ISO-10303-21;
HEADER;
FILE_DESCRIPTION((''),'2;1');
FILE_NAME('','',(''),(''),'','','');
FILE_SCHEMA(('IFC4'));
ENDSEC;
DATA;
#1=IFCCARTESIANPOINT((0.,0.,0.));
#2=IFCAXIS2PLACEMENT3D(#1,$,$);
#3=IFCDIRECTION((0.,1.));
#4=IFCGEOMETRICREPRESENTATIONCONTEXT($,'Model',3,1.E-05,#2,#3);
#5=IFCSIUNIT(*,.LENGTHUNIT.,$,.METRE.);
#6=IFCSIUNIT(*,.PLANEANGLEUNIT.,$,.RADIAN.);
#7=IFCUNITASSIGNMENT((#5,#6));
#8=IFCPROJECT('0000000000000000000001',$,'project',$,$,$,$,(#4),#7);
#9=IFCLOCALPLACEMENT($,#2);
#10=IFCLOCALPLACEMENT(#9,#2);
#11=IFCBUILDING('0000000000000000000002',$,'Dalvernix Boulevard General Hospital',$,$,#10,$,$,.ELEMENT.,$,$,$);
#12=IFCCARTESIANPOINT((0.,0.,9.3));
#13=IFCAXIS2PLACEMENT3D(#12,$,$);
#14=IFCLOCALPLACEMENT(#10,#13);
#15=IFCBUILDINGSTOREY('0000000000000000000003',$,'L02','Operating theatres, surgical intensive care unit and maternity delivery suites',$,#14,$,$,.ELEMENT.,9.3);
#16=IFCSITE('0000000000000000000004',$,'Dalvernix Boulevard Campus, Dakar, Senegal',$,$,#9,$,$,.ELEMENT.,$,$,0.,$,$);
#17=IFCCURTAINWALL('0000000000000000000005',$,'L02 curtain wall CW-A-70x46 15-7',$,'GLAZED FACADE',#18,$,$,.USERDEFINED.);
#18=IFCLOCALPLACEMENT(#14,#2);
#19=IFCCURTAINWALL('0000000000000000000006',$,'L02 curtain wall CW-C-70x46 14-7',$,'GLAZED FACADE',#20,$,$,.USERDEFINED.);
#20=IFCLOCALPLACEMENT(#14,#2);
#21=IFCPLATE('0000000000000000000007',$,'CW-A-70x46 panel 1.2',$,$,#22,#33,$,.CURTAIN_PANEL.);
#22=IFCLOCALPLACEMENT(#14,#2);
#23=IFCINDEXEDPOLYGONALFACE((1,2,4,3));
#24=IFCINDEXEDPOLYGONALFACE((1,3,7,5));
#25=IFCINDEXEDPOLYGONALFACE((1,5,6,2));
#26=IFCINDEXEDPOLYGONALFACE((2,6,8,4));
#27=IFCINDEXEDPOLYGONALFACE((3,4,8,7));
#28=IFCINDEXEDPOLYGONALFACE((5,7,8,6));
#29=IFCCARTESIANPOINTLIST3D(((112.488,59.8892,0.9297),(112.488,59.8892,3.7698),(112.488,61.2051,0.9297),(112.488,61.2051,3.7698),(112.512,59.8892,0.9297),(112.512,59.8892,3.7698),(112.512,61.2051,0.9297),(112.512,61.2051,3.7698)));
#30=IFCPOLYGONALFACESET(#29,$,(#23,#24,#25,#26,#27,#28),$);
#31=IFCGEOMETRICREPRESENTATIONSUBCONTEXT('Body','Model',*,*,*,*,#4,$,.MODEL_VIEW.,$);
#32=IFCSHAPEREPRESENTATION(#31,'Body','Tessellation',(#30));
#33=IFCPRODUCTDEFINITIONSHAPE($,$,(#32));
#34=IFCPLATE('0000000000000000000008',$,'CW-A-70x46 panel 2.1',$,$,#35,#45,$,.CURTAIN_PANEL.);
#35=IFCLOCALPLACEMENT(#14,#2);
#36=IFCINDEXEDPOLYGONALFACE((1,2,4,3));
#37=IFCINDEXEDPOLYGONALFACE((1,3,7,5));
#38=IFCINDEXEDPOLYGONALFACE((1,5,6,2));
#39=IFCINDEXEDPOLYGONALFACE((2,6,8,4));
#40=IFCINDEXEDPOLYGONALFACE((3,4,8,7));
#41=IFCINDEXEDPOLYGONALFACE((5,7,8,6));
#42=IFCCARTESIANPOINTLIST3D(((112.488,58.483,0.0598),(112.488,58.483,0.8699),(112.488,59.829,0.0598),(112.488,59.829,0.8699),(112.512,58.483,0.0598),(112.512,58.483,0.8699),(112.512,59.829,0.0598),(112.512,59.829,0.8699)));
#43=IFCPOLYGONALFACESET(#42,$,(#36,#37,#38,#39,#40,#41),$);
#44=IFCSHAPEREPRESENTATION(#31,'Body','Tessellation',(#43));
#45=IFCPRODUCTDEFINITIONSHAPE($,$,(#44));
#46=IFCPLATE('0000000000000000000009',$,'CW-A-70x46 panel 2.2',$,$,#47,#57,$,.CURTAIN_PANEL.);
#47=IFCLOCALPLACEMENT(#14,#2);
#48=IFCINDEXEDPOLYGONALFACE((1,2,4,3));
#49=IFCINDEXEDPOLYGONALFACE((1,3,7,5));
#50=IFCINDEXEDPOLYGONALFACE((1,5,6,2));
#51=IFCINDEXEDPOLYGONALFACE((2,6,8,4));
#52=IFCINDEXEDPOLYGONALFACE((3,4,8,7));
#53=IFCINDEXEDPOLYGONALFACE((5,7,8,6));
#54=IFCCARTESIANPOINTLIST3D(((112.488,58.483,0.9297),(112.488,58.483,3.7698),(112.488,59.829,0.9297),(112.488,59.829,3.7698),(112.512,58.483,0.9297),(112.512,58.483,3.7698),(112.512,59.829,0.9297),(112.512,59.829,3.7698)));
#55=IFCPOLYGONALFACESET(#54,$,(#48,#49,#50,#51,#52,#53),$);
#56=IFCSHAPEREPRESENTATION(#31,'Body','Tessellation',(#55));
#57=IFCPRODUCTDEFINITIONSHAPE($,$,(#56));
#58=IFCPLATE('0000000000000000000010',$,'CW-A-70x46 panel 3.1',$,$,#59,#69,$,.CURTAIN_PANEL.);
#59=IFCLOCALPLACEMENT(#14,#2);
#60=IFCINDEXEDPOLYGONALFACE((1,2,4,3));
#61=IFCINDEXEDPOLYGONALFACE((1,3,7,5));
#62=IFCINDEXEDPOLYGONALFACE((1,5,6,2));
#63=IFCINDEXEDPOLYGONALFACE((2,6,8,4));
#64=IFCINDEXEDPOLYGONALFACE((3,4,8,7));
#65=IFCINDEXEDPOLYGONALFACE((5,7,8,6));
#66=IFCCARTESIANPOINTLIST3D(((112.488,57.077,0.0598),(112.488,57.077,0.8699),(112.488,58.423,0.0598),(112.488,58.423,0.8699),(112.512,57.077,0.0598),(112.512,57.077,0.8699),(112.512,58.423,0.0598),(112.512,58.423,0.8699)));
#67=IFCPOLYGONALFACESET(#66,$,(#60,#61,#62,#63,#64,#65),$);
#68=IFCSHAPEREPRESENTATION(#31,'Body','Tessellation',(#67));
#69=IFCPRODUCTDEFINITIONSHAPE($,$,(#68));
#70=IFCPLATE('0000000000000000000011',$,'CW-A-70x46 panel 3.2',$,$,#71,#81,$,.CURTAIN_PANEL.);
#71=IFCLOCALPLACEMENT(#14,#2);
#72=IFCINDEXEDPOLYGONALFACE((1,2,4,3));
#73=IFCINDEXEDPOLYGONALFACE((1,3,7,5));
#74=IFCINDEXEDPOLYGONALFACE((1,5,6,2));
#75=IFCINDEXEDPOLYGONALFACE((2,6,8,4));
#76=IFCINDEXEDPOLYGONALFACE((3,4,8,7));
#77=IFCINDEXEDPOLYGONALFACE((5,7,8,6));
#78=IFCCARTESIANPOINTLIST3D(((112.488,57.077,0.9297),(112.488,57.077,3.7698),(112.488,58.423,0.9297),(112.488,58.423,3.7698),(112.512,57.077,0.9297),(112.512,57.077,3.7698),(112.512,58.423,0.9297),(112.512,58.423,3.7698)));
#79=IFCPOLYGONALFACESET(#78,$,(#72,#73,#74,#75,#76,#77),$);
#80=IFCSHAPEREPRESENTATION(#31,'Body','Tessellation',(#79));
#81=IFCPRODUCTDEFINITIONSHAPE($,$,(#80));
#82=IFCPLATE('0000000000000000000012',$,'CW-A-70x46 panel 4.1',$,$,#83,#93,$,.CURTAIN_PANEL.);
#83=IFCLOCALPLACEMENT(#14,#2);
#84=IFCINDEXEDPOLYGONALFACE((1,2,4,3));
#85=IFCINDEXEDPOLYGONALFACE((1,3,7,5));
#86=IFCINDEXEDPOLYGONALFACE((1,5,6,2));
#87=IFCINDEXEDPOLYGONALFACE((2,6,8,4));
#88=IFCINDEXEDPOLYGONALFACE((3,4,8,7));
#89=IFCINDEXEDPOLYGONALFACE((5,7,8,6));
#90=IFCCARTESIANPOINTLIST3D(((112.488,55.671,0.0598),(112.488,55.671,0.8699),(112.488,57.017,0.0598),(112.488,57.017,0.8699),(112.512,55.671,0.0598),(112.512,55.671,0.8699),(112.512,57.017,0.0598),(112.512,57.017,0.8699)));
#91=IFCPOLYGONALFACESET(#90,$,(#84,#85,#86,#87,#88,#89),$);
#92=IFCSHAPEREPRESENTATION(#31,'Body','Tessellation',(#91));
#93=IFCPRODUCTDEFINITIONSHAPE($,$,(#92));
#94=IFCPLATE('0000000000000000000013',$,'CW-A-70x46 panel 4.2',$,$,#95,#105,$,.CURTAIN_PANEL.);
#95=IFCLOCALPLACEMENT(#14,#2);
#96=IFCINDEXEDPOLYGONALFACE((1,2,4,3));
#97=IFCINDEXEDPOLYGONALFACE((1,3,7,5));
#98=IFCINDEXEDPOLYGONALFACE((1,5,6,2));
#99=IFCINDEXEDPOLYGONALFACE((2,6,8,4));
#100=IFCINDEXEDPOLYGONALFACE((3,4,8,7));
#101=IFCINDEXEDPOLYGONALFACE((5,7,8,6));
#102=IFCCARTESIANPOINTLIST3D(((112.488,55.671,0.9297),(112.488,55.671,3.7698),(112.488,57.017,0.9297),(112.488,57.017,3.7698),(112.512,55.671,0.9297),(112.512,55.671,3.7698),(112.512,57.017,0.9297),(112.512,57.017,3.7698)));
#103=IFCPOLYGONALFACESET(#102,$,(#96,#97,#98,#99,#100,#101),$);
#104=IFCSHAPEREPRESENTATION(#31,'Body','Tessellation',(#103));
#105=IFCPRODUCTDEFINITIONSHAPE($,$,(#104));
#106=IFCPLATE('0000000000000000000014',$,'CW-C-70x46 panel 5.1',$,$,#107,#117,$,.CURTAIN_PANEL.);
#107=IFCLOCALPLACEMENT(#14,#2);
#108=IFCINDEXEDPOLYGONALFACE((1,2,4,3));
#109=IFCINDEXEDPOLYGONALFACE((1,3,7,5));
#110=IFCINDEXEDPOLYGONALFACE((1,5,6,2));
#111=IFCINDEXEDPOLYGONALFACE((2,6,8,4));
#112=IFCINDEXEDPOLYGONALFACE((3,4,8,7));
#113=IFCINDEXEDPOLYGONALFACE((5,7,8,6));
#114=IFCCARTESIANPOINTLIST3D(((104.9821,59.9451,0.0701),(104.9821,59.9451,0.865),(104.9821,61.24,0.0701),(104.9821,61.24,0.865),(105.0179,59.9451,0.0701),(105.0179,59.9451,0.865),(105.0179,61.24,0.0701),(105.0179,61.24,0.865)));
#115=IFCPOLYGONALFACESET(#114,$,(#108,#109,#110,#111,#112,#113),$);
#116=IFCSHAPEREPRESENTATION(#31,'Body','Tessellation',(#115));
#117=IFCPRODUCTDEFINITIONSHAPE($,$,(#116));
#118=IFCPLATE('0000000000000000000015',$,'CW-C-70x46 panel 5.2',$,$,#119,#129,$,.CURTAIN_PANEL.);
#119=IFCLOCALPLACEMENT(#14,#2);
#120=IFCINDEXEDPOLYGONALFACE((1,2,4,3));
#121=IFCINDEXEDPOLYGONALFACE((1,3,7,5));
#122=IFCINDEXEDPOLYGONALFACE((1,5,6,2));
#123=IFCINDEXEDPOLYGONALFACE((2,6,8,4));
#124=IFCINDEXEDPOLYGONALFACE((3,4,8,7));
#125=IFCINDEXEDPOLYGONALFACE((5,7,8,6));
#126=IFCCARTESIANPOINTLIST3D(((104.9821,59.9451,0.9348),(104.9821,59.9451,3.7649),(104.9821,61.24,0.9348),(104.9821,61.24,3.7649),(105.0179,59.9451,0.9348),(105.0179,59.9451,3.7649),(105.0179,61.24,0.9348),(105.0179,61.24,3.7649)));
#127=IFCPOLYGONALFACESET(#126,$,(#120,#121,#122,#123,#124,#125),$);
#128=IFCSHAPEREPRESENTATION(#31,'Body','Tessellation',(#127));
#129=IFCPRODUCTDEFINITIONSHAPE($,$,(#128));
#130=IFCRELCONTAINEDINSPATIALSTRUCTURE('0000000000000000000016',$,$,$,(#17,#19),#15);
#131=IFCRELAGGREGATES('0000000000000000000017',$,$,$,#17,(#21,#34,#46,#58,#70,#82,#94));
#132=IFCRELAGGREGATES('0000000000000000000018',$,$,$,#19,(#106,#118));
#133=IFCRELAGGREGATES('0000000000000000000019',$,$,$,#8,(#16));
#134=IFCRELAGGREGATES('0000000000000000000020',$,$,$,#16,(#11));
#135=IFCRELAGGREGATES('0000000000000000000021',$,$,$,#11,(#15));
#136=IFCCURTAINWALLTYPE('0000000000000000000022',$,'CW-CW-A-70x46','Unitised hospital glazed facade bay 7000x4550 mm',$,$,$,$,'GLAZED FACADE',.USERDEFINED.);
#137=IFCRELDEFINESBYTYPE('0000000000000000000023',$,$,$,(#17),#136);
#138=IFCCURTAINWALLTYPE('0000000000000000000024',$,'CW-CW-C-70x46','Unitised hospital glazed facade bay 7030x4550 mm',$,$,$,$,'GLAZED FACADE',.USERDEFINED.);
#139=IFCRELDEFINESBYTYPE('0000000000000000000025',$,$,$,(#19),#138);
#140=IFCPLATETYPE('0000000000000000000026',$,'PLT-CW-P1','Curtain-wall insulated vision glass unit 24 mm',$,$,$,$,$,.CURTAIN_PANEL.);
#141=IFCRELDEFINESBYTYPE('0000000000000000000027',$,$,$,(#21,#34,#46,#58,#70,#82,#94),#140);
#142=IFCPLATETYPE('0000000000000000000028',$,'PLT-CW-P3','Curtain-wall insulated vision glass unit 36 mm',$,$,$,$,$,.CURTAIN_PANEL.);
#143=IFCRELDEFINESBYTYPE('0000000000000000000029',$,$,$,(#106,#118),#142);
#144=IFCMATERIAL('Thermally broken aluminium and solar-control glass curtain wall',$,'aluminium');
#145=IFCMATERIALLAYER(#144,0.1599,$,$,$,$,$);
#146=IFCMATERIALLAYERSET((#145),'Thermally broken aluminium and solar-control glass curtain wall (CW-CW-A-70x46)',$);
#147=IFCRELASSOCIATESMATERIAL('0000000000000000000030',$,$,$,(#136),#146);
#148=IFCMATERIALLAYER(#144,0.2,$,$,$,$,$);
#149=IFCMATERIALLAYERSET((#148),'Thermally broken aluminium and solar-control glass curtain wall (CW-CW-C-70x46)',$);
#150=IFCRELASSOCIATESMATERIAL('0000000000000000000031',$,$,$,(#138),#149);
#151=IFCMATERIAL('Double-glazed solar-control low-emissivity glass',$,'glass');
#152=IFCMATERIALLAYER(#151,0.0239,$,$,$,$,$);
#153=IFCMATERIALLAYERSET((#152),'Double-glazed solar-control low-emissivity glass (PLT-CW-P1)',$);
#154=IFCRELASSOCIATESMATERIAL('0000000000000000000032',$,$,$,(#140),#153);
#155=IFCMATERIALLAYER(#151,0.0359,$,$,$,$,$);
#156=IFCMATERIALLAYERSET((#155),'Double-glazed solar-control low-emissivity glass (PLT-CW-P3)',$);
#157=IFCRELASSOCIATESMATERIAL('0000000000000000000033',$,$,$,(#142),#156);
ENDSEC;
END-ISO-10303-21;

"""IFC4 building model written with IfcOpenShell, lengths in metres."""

from ifc_helpers import new_model, si_unit, direction, frame, origin, origin_2d, place, context, subcontext, project, spatial, rectangle, extrude, material, layer, layer_set, type_object, element, aggregate, save


model = new_model("IFC4")

# Units and contexts
model_context = context("Model", 3, precision=1e-05, world=origin(), true_north=direction((0.0, 1.0)))
body_context = subcontext(model_context, "Body", "Model", "MODEL_VIEW")
ifc_project = project(units=[si_unit("LENGTHUNIT", "METRE"), si_unit("PLANEANGLEUNIT", "RADIAN")], contexts=[model_context])

# Site, building, storey
site_placement = place(None, origin())
site = spatial("IfcSite", under=ifc_project, at=site_placement, Name="Dalvernix Boulevard Campus, Dakar, Senegal", CompositionType="ELEMENT", RefElevation=0.0)
building_placement = place(site_placement, origin())
building = spatial("IfcBuilding", under=site, at=building_placement, Name="Dalvernix Boulevard General Hospital", CompositionType="ELEMENT")
storey_placement = place(building_placement, frame((0.0, 0.0, 9.3)))
storey = spatial("IfcBuildingStorey", under=building, at=storey_placement, Name="L02", Description="Operating theatres, surgical intensive care unit and maternity delivery suites", CompositionType="ELEMENT", Elevation=9.3)

# Curtain wall
ifc_material_1 = material(Name="Thermally broken aluminium and solar-control glass curtain wall", Category="aluminium")
ifc_layer_1 = layer(ifc_material_1, 0.1599)
ifc_layer_set_1 = layer_set([ifc_layer_1], Name="Thermally broken aluminium and solar-control glass curtain wall (CW-CW-A-70x46)")
curtain_wall_type_1 = type_object("IfcCurtainWallType", Name="CW-CW-A-70x46", Description="Unitised hospital glazed facade bay 7000x4550 mm", ElementType="GLAZED FACADE", PredefinedType="USERDEFINED", material=ifc_layer_set_1)
curtain_wall_1_placement = place(storey_placement, origin())
curtain_wall_1 = element("IfcCurtainWall", 1, at=curtain_wall_1_placement, inside=storey, type_object=curtain_wall_type_1, Name="L02 curtain wall CW-A-70x46 15-7", ObjectType="GLAZED FACADE", PredefinedType="USERDEFINED")

# Curtain wall
ifc_layer_2 = layer(ifc_material_1, 0.2)
ifc_layer_set_2 = layer_set([ifc_layer_2], Name="Thermally broken aluminium and solar-control glass curtain wall (CW-CW-C-70x46)")
curtain_wall_type_2 = type_object("IfcCurtainWallType", Name="CW-CW-C-70x46", Description="Unitised hospital glazed facade bay 7030x4550 mm", ElementType="GLAZED FACADE", PredefinedType="USERDEFINED", material=ifc_layer_set_2)
curtain_wall_2_placement = place(storey_placement, origin())
curtain_wall_2 = element("IfcCurtainWall", 2, at=curtain_wall_2_placement, inside=storey, type_object=curtain_wall_type_2, Name="L02 curtain wall CW-C-70x46 14-7", ObjectType="GLAZED FACADE", PredefinedType="USERDEFINED")

# Plates
ifc_material_2 = material(Name="Double-glazed solar-control low-emissivity glass", Category="glass")
ifc_layer_3 = layer(ifc_material_2, 0.0239)
ifc_layer_set_3 = layer_set([ifc_layer_3], Name="Double-glazed solar-control low-emissivity glass (PLT-CW-P1)")
plate_type_1 = type_object("IfcPlateType", Name="PLT-CW-P1", Description="Curtain-wall insulated vision glass unit 24 mm", PredefinedType="CURTAIN_PANEL", material=ifc_layer_set_3)
plate_1_placement = place(storey_placement, frame((112.5, 60.5471, 0.9297), z_axis=(0.0, 0.0, 1.0), x_axis=(0.0, -1.0, 0.0)))
plate_1 = element("IfcPlate", 3, at=plate_1_placement, type_object=plate_type_1, Name="CW-A-70x46 panel 1.2", PredefinedType="CURTAIN_PANEL", context=body_context, shape_type="SweptSolid", body=[
    extrude(rectangle(XDim=1.3159, YDim=0.0239, at=origin_2d()), origin(), (0.0, 0.0, 1.0), 2.8401),
])
plate_2_placement = place(storey_placement, frame((112.5, 59.156, 0.0598), z_axis=(0.0, 0.0, 1.0), x_axis=(0.0, -1.0, 0.0)))
plate_2 = element("IfcPlate", 4, at=plate_2_placement, type_object=plate_type_1, Name="CW-A-70x46 panel 2.1", PredefinedType="CURTAIN_PANEL", context=body_context, shape_type="SweptSolid", body=[
    extrude(rectangle(XDim=1.3459, YDim=0.0239, at=origin_2d()), origin(), (0.0, 0.0, 1.0), 0.8101),
])
plate_3_placement = place(storey_placement, frame((112.5, 59.156, 0.9297), z_axis=(0.0, 0.0, 1.0), x_axis=(0.0, -1.0, 0.0)))
plate_3 = element("IfcPlate", 5, at=plate_3_placement, type_object=plate_type_1, Name="CW-A-70x46 panel 2.2", PredefinedType="CURTAIN_PANEL", context=body_context, shape_type="SweptSolid", body=[
    extrude(rectangle(XDim=1.3459, YDim=0.0239, at=origin_2d()), origin(), (0.0, 0.0, 1.0), 2.8401),
])
plate_4_placement = place(storey_placement, frame((112.5, 57.75, 0.0598), z_axis=(0.0, 0.0, 1.0), x_axis=(0.0, -1.0, 0.0)))
plate_4 = element("IfcPlate", 6, at=plate_4_placement, type_object=plate_type_1, Name="CW-A-70x46 panel 3.1", PredefinedType="CURTAIN_PANEL", context=body_context, shape_type="SweptSolid", body=[
    extrude(rectangle(XDim=1.3459, YDim=0.0239, at=origin_2d()), origin(), (0.0, 0.0, 1.0), 0.8101),
])
plate_5_placement = place(storey_placement, frame((112.5, 57.75, 0.9297), z_axis=(0.0, 0.0, 1.0), x_axis=(0.0, -1.0, 0.0)))
plate_5 = element("IfcPlate", 7, at=plate_5_placement, type_object=plate_type_1, Name="CW-A-70x46 panel 3.2", PredefinedType="CURTAIN_PANEL", context=body_context, shape_type="SweptSolid", body=[
    extrude(rectangle(XDim=1.3459, YDim=0.0239, at=origin_2d()), origin(), (0.0, 0.0, 1.0), 2.8401),
])
plate_6_placement = place(storey_placement, frame((112.5, 56.344, 0.0598), z_axis=(0.0, 0.0, 1.0), x_axis=(0.0, -1.0, 0.0)))
plate_6 = element("IfcPlate", 8, at=plate_6_placement, type_object=plate_type_1, Name="CW-A-70x46 panel 4.1", PredefinedType="CURTAIN_PANEL", context=body_context, shape_type="SweptSolid", body=[
    extrude(rectangle(XDim=1.3459, YDim=0.0239, at=origin_2d()), origin(), (0.0, 0.0, 1.0), 0.8101),
])
plate_7_placement = place(storey_placement, frame((112.5, 56.344, 0.9297), z_axis=(0.0, 0.0, 1.0), x_axis=(0.0, -1.0, 0.0)))
plate_7 = element("IfcPlate", 9, at=plate_7_placement, type_object=plate_type_1, Name="CW-A-70x46 panel 4.2", PredefinedType="CURTAIN_PANEL", context=body_context, shape_type="SweptSolid", body=[
    extrude(rectangle(XDim=1.3459, YDim=0.0239, at=origin_2d()), origin(), (0.0, 0.0, 1.0), 2.8401),
])
aggregate(curtain_wall_1, [plate_1, plate_2, plate_3, plate_4, plate_5, plate_6, plate_7])
ifc_layer_4 = layer(ifc_material_2, 0.0359)
ifc_layer_set_4 = layer_set([ifc_layer_4], Name="Double-glazed solar-control low-emissivity glass (PLT-CW-P3)")
plate_type_2 = type_object("IfcPlateType", Name="PLT-CW-P3", Description="Curtain-wall insulated vision glass unit 36 mm", PredefinedType="CURTAIN_PANEL", material=ifc_layer_set_4)
plate_8_placement = place(storey_placement, frame((105.0, 60.5925, 0.0701), z_axis=(0.0, 0.0, 1.0), x_axis=(0.0, 1.0, 0.0)))
plate_8 = element("IfcPlate", 10, at=plate_8_placement, type_object=plate_type_2, Name="CW-C-70x46 panel 5.1", PredefinedType="CURTAIN_PANEL", context=body_context, shape_type="SweptSolid", body=[
    extrude(rectangle(XDim=1.2949, YDim=0.0359, at=origin_2d()), origin(), (0.0, 0.0, 1.0), 0.7949),
])
plate_9_placement = place(storey_placement, frame((105.0, 60.5925, 0.9348), z_axis=(0.0, 0.0, 1.0), x_axis=(0.0, 1.0, 0.0)))
plate_9 = element("IfcPlate", 11, at=plate_9_placement, type_object=plate_type_2, Name="CW-C-70x46 panel 5.2", PredefinedType="CURTAIN_PANEL", context=body_context, shape_type="SweptSolid", body=[
    extrude(rectangle(XDim=1.2949, YDim=0.0359, at=origin_2d()), origin(), (0.0, 0.0, 1.0), 2.8301),
])
aggregate(curtain_wall_2, [plate_8, plate_9])

save(model, "model.ifc")
